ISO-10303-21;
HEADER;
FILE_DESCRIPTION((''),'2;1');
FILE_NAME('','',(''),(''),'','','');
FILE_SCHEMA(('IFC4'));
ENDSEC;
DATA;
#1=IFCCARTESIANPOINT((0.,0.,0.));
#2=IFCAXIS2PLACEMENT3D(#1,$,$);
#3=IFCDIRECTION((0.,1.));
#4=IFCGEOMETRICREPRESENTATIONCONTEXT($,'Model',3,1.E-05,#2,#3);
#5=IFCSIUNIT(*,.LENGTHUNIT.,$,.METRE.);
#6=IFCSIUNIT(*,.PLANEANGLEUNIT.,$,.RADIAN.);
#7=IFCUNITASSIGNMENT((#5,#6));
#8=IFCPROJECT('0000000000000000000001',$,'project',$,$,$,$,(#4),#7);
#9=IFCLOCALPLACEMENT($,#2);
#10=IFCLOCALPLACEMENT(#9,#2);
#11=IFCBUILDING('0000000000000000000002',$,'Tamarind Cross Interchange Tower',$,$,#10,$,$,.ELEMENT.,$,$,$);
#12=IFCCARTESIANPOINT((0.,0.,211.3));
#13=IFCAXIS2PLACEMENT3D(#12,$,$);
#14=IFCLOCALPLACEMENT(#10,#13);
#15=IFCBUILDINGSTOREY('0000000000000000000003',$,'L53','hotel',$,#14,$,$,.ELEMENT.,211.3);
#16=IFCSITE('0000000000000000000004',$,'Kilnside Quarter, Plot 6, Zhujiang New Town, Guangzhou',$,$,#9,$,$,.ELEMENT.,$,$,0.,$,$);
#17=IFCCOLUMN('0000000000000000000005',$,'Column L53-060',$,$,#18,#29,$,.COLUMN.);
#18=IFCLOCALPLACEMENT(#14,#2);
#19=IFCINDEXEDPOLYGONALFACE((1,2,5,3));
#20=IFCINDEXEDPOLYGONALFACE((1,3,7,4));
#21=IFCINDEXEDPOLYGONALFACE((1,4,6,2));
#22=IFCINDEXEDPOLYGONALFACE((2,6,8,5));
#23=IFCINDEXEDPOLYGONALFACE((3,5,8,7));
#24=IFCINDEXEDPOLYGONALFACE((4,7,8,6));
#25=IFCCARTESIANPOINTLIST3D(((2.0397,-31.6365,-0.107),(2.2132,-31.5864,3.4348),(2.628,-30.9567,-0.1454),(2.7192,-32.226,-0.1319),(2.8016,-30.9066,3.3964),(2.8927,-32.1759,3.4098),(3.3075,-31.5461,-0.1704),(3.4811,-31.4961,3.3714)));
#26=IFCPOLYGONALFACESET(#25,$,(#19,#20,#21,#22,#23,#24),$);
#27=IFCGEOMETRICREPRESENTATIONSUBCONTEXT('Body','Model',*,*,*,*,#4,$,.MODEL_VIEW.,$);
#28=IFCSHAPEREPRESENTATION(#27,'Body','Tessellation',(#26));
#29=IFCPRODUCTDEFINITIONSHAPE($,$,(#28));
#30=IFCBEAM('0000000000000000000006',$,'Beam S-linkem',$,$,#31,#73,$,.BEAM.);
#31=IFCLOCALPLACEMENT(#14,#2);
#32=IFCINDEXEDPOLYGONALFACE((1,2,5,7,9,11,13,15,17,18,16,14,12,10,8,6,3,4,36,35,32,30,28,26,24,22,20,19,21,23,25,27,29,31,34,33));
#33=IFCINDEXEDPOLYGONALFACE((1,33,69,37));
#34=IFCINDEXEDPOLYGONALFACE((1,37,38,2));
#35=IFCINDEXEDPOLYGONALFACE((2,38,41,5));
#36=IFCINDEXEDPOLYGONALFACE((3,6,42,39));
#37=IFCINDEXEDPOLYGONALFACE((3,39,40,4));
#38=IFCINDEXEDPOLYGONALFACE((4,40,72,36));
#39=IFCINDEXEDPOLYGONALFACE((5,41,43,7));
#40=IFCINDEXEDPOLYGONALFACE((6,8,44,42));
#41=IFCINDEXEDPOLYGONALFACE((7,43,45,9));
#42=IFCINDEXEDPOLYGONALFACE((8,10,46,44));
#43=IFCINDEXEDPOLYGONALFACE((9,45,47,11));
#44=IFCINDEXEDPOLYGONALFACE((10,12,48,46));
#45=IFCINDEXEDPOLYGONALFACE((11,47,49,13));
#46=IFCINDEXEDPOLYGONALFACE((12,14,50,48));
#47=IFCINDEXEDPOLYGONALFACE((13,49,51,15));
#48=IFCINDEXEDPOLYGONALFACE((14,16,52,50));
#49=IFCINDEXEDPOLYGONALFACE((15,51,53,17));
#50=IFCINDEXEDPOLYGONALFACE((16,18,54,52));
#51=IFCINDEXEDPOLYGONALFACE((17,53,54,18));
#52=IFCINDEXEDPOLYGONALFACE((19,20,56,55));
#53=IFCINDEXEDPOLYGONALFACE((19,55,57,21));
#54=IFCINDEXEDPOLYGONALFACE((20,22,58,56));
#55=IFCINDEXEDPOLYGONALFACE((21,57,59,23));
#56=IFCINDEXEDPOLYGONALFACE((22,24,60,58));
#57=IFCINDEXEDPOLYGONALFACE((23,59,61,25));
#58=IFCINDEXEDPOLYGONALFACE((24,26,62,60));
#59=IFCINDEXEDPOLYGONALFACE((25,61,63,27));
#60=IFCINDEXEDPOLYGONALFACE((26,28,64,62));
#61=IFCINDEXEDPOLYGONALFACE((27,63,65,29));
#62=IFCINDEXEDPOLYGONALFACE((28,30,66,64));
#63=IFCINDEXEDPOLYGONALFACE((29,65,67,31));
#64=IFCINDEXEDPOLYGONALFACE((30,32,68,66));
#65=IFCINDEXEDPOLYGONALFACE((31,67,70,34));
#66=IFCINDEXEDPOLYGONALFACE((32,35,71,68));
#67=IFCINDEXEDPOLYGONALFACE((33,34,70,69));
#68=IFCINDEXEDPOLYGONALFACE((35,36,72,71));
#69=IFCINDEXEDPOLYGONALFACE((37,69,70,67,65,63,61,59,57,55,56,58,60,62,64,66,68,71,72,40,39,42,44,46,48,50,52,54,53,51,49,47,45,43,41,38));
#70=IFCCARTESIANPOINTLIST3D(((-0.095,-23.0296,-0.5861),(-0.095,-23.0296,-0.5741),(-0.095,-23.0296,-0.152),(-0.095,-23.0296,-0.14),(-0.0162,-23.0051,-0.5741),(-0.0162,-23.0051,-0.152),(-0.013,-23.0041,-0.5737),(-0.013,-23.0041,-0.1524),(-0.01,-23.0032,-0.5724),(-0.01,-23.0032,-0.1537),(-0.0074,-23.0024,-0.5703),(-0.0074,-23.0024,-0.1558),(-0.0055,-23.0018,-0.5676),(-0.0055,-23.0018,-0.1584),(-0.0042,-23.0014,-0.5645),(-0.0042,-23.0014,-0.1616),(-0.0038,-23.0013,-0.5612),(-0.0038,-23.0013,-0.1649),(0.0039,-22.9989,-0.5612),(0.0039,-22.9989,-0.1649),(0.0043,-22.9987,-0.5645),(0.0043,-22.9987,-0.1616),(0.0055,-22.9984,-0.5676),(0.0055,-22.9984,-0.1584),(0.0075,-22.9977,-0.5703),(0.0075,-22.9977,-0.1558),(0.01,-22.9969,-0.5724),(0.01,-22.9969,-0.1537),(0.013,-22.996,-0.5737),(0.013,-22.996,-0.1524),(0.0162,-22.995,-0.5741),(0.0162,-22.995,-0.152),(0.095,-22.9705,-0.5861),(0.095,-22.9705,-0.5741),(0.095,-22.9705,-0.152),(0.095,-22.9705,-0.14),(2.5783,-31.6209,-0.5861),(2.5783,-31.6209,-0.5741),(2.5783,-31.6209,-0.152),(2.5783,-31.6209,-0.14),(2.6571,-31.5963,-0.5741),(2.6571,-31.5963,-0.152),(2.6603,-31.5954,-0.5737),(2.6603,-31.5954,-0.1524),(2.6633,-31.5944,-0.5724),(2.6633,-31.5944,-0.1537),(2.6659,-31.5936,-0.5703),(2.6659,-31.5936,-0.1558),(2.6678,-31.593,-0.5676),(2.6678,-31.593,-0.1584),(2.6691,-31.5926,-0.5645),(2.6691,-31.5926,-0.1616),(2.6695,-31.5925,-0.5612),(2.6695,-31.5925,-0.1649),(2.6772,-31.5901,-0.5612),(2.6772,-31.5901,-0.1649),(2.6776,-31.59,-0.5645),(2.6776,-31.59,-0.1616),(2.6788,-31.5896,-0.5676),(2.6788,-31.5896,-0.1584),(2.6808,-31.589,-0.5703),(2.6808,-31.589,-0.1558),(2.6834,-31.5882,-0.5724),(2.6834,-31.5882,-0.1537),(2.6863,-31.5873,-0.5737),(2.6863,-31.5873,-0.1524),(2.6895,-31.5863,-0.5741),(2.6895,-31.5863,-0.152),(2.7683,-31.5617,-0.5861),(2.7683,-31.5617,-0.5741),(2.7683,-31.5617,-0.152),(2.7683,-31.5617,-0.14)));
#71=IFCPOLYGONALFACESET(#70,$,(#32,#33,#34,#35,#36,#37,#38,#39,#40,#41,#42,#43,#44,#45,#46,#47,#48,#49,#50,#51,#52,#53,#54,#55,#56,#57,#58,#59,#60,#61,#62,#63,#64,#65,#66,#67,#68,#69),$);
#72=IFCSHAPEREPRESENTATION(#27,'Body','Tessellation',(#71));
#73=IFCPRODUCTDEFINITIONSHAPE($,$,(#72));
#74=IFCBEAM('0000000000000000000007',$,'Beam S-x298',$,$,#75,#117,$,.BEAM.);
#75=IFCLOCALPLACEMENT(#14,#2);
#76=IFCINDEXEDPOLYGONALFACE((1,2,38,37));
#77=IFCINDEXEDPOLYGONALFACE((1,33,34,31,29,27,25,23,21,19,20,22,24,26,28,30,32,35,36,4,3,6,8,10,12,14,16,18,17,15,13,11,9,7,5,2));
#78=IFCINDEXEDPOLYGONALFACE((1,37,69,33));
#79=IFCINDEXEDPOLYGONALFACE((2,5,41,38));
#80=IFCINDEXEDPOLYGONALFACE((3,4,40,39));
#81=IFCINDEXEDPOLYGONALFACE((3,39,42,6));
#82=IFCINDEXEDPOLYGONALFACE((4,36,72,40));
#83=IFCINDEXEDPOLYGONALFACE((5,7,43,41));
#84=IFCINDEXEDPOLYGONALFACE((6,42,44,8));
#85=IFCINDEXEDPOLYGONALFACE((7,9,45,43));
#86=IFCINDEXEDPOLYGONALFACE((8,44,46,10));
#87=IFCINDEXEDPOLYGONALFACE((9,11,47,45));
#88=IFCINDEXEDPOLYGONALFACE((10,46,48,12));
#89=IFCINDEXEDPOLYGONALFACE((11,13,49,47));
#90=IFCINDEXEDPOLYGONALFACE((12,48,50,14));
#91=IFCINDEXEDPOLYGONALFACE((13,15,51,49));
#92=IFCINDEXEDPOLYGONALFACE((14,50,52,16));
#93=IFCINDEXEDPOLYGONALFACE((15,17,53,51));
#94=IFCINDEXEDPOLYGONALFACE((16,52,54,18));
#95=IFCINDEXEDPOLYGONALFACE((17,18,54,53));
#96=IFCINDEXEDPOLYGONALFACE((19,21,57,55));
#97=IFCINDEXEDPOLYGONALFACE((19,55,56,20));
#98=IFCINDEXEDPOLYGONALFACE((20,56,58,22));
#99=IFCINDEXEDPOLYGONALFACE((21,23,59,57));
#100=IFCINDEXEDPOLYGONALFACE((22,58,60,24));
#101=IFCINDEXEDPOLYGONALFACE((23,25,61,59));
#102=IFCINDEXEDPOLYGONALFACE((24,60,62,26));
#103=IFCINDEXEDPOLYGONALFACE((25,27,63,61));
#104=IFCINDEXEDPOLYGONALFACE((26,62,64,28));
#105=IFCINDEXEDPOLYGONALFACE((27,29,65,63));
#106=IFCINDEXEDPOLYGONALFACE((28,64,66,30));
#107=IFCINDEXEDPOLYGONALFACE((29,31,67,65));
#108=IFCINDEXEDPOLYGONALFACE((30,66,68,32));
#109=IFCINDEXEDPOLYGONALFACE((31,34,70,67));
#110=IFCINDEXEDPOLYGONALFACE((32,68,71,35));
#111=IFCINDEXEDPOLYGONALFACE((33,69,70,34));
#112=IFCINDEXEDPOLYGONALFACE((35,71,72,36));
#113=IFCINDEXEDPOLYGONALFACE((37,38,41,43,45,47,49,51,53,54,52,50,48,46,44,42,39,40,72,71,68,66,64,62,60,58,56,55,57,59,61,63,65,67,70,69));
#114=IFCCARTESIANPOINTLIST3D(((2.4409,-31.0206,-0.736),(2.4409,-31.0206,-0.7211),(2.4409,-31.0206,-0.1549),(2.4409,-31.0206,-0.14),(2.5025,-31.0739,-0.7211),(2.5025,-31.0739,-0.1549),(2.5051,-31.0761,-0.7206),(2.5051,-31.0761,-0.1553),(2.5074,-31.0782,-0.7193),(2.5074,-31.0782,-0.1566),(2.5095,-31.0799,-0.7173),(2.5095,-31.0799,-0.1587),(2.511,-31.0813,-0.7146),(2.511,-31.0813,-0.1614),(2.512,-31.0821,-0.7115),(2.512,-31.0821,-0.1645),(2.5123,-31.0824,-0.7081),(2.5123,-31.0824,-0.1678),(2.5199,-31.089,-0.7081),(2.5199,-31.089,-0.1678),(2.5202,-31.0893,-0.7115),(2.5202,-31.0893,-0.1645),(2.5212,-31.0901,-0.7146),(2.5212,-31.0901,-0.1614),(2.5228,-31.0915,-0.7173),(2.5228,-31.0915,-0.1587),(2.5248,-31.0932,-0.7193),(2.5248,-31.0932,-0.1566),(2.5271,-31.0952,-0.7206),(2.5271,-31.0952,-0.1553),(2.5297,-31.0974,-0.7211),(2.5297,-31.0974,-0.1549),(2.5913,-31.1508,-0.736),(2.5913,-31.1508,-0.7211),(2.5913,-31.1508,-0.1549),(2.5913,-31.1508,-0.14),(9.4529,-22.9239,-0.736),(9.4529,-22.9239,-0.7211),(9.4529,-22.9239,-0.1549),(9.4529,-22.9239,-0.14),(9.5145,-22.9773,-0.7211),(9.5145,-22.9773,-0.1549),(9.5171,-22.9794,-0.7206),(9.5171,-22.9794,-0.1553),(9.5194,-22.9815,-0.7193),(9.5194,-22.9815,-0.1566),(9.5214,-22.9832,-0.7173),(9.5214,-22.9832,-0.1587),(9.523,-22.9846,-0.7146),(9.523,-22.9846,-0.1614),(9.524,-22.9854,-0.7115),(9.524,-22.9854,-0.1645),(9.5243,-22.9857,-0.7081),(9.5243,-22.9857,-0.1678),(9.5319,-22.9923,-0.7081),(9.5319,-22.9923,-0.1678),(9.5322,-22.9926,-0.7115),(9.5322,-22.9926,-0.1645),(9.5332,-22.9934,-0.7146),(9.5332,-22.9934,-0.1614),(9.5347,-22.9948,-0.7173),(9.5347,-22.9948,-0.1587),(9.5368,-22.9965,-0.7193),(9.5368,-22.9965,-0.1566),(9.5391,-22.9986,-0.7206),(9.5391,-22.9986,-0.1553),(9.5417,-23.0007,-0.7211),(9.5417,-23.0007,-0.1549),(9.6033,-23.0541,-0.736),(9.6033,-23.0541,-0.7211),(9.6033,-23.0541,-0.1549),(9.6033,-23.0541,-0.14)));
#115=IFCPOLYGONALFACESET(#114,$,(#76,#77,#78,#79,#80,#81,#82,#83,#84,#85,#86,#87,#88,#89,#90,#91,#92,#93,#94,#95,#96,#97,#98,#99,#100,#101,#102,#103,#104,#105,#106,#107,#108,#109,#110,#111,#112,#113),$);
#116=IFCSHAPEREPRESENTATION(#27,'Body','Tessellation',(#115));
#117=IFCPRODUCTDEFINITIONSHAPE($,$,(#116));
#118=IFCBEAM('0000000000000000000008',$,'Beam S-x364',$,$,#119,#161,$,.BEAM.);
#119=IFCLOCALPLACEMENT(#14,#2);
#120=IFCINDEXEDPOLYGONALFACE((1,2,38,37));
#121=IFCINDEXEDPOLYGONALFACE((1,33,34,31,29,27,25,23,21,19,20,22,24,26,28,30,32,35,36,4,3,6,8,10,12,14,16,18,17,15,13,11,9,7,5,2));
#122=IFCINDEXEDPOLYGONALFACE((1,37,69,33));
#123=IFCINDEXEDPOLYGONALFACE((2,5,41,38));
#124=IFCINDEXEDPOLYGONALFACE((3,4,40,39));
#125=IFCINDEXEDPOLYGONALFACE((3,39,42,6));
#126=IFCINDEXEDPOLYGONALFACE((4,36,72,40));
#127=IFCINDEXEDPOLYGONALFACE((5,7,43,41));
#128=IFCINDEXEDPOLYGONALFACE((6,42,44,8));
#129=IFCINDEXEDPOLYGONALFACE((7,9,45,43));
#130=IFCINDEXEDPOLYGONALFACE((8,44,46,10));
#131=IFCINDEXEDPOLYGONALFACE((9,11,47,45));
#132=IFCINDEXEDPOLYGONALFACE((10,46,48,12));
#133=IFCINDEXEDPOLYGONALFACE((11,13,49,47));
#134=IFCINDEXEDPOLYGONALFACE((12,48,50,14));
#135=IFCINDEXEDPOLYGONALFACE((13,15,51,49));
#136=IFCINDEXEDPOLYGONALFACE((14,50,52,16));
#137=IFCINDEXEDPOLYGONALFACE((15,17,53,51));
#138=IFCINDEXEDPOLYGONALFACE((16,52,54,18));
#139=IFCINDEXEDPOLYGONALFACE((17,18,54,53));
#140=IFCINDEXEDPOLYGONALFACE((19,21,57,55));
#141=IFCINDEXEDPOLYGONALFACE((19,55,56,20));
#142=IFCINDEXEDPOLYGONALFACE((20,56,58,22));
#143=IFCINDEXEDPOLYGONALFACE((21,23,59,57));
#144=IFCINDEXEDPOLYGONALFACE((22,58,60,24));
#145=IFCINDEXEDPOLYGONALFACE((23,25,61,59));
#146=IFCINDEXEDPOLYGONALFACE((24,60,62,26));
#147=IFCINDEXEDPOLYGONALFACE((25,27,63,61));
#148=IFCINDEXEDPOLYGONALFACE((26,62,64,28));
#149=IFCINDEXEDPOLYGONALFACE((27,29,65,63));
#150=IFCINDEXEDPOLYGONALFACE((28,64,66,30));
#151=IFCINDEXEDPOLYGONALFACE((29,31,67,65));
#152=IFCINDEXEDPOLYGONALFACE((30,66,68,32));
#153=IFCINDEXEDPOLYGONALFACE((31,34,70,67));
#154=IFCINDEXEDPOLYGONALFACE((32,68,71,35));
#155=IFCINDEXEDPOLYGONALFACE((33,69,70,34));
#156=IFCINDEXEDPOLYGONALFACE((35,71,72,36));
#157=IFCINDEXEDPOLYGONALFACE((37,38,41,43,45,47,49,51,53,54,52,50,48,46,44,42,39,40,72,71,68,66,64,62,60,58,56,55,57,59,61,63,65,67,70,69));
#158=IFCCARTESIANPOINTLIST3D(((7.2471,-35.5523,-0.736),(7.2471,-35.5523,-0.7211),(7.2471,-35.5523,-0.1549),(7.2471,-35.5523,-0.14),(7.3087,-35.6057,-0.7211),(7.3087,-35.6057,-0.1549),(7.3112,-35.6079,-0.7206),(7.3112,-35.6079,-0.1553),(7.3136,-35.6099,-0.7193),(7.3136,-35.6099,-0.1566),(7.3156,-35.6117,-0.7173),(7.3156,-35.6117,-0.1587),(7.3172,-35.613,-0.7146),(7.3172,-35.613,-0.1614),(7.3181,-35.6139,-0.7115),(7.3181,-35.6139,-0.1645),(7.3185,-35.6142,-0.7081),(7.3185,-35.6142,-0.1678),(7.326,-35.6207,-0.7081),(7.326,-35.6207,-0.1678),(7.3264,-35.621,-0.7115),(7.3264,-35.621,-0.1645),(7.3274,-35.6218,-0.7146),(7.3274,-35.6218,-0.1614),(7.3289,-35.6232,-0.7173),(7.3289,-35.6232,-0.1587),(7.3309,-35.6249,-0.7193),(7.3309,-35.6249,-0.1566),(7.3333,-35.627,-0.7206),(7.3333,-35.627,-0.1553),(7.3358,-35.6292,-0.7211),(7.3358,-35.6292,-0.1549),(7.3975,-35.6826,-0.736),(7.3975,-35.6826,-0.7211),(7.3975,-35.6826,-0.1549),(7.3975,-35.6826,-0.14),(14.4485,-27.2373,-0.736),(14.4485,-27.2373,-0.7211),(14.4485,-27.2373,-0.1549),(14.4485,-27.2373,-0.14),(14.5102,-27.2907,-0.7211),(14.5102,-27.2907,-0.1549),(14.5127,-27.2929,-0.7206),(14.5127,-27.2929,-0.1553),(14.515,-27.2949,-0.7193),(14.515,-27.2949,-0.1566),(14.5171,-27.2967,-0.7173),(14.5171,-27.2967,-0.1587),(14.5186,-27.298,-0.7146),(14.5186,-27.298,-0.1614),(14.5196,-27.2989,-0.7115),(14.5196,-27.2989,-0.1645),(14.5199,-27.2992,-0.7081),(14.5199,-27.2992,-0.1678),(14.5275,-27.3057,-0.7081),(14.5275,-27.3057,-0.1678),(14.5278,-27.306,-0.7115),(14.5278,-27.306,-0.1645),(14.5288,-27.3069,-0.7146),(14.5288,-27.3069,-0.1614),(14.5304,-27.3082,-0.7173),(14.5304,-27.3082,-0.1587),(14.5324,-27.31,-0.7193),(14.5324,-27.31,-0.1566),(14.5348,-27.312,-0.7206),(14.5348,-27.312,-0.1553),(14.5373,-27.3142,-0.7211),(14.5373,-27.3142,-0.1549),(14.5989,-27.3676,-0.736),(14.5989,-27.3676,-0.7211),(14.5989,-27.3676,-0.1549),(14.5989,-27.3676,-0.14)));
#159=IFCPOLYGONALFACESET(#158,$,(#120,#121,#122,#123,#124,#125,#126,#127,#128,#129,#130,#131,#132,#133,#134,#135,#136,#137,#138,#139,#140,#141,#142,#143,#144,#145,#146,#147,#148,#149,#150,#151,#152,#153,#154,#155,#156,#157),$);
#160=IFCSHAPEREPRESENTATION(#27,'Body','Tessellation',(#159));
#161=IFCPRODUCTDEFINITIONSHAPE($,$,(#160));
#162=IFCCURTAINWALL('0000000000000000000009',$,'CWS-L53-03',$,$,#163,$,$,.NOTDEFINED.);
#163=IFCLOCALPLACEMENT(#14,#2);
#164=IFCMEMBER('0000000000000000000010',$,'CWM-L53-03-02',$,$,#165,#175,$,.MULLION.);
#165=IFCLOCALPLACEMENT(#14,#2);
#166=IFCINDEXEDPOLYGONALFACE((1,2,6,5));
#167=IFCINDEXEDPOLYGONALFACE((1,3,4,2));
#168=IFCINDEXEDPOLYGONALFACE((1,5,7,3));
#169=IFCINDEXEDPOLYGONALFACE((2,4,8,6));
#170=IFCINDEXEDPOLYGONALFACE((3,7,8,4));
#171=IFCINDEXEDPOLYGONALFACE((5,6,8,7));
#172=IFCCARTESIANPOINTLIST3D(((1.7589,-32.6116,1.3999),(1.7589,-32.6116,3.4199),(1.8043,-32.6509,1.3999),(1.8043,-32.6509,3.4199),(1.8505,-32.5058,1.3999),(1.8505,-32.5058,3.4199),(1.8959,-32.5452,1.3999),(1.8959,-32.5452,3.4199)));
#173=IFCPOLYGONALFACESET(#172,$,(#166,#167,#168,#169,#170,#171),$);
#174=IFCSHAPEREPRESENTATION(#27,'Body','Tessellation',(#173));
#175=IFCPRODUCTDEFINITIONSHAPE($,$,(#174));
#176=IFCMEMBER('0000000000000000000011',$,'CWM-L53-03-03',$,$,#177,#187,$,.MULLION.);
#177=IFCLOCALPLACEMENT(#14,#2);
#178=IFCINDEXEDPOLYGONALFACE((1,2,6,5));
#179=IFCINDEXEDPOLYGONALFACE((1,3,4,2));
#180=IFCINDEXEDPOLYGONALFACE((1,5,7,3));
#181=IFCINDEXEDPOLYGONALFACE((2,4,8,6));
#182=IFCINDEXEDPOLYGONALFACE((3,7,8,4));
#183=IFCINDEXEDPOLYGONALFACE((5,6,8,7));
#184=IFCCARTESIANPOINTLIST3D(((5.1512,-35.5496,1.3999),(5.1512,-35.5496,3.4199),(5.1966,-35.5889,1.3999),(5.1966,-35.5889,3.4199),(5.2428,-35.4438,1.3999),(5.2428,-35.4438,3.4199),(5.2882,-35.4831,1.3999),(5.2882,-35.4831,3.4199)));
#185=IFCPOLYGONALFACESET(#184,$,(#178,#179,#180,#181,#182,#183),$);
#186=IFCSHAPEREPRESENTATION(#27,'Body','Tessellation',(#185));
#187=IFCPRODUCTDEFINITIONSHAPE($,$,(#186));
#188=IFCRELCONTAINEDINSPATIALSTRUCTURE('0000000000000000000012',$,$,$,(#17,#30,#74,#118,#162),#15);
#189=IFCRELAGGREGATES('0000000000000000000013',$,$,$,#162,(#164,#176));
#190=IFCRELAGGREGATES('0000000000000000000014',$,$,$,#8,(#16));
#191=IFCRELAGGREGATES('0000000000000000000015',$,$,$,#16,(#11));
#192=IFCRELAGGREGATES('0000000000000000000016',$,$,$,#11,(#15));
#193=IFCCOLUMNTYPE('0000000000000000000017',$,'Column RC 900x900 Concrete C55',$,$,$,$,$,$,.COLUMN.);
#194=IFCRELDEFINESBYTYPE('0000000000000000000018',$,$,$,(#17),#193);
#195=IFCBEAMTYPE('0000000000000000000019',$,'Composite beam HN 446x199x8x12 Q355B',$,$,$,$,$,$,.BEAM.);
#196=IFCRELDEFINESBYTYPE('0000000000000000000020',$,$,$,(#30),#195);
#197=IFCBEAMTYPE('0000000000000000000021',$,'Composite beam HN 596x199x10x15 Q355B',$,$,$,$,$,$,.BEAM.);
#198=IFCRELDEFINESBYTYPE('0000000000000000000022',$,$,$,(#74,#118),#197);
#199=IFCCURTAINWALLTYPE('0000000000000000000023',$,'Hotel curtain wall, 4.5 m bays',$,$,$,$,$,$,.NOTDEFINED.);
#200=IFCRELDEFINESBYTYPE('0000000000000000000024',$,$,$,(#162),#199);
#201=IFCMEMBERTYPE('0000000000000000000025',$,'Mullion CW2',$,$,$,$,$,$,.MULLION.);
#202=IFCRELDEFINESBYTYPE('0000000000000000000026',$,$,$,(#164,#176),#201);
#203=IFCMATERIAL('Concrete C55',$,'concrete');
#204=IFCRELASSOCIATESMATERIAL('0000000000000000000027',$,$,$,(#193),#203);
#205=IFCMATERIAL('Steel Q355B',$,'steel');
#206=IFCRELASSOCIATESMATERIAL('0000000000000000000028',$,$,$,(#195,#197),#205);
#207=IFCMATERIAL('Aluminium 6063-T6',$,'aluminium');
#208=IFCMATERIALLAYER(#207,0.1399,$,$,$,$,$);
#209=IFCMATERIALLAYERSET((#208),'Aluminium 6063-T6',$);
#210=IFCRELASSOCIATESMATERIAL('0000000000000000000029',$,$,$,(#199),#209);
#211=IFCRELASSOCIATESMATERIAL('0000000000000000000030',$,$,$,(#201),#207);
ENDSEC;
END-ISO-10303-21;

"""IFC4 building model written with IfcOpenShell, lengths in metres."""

from ifc_helpers import new_model, si_unit, direction, frame, origin, origin_2d, place, context, subcontext, project, spatial, rectangle, i_section, extrude, material, layer, layer_set, material_profile, profile_set, type_object, element, aggregate, save


model = new_model("IFC4")

# Units and contexts
model_context = context("Model", 3, precision=1e-05, world=origin(), true_north=direction((0.0, 1.0)))
body_context = subcontext(model_context, "Body", "Model", "MODEL_VIEW")
ifc_project = project(units=[si_unit("LENGTHUNIT", "METRE"), si_unit("PLANEANGLEUNIT", "RADIAN")], contexts=[model_context])

# Site, building, storey
site_placement = place(None, origin())
site = spatial("IfcSite", under=ifc_project, at=site_placement, Name="Kilnside Quarter, Plot 6, Zhujiang New Town, Guangzhou", CompositionType="ELEMENT", RefElevation=0.0)
building_placement = place(site_placement, origin())
building = spatial("IfcBuilding", under=site, at=building_placement, Name="Tamarind Cross Interchange Tower", CompositionType="ELEMENT")
storey_placement = place(building_placement, frame((0.0, 0.0, 211.3)))
storey = spatial("IfcBuildingStorey", under=building, at=storey_placement, Name="L53", Description="hotel", CompositionType="ELEMENT", Elevation=211.3)

# Column
ifc_material_1 = material(Name="Concrete C55", Category="concrete")
ifc_material_profile_1 = material_profile(ifc_material_1, rectangle(XDim=0.8999, YDim=0.8999, at=origin_2d()), Name="RC 900x900")
ifc_profile_set_1 = profile_set([ifc_material_profile_1], Name="Concrete C55")
column_type = type_object("IfcColumnType", Name="Column RC 900x900 Concrete C55", PredefinedType="COLUMN", material=ifc_profile_set_1)
column_placement = place(storey_placement, frame((2.6736, -31.5913, -0.1387), z_axis=(0.048947, 0.014113, 0.998702), x_axis=(-0.755079, 0.655046, 0.027751)))
element("IfcColumn", 1, at=column_placement, inside=storey, type_object=column_type, Name="Column L53-060", PredefinedType="COLUMN", context=body_context, shape_type="SweptSolid", body=[
    extrude(rectangle(XDim=0.8999, YDim=0.8999, at=origin_2d()), origin(), (0.0, 0.0, 1.0), 3.5464),
])

# Beams
ifc_material_2 = material(Name="Steel Q355B", Category="steel")
ifc_material_profile_2 = material_profile(ifc_material_2, i_section(OverallWidth=0.199, OverallDepth=0.446, WebThickness=0.0081, FlangeThickness=0.012, FilletRadius=0.0129, at=origin_2d()), Name="HN 446x199x8x12")
ifc_profile_set_2 = profile_set([ifc_material_profile_2], Name="Steel Q355B")
beam_type_1 = type_object("IfcBeamType", Name="Composite beam HN 446x199x8x12 Q355B", PredefinedType="BEAM", material=ifc_profile_set_2)
beam_1_placement = place(storey_placement, frame((2.6733, -31.5913, -0.363), z_axis=(-0.297116, 0.954841, 0.0), x_axis=(-0.954841, -0.297116, 0.0)))
element("IfcBeam", 2, at=beam_1_placement, inside=storey, type_object=beam_type_1, Name="Beam S-linkem", PredefinedType="BEAM", context=body_context, shape_type="SweptSolid", body=[
    extrude(i_section(OverallWidth=0.199, OverallDepth=0.446, WebThickness=0.0081, FlangeThickness=0.012, FilletRadius=0.0129, at=origin_2d()), origin(), (0.0, 0.0, 1.0), 8.9976),
])
ifc_material_profile_3 = material_profile(ifc_material_2, i_section(OverallWidth=0.199, OverallDepth=0.5959, WebThickness=0.01, FlangeThickness=0.0149, FilletRadius=0.0129, at=origin_2d()), Name="HN 596x199x10x15")
ifc_profile_set_3 = profile_set([ifc_material_profile_3], Name="Steel Q355B")
beam_type_2 = type_object("IfcBeamType", Name="Composite beam HN 596x199x10x15 Q355B", PredefinedType="BEAM", material=ifc_profile_set_3)
beam_2_placement = place(storey_placement, frame((2.5161, -31.0857, -0.438), z_axis=(0.654655, 0.755927, 0.0), x_axis=(-0.755927, 0.654655, 0.0)))
element("IfcBeam", 3, at=beam_2_placement, inside=storey, type_object=beam_type_2, Name="Beam S-x298", PredefinedType="BEAM", context=body_context, shape_type="SweptSolid", body=[
    extrude(i_section(OverallWidth=0.199, OverallDepth=0.5959, WebThickness=0.01, FlangeThickness=0.0149, FilletRadius=0.0129, at=origin_2d()), origin(), (0.0, 0.0, 1.0), 10.7109),
])
beam_3_placement = place(storey_placement, frame((7.3223, -35.6174, -0.438), z_axis=(0.654678, 0.755908, 0.0), x_axis=(-0.755908, 0.654678, 0.0)))
element("IfcBeam", 4, at=beam_3_placement, inside=storey, type_object=beam_type_2, Name="Beam S-x364", PredefinedType="BEAM", context=body_context, shape_type="SweptSolid", body=[
    extrude(i_section(OverallWidth=0.199, OverallDepth=0.5959, WebThickness=0.01, FlangeThickness=0.0149, FilletRadius=0.0129, at=origin_2d()), origin(), (0.0, 0.0, 1.0), 11.0),
])

# Curtain wall, members
ifc_material_3 = material(Name="Aluminium 6063-T6", Category="aluminium")
ifc_layer_1 = layer(ifc_material_3, 0.1399)
ifc_layer_set_1 = layer_set([ifc_layer_1], Name="Aluminium 6063-T6")
curtain_wall_type = type_object("IfcCurtainWallType", Name="Hotel curtain wall, 4.5 m bays", PredefinedType="NOTDEFINED", material=ifc_layer_set_1)
curtain_wall_placement = place(storey_placement, origin())
curtain_wall = element("IfcCurtainWall", 5, at=curtain_wall_placement, inside=storey, type_object=curtain_wall_type, Name="CWS-L53-03", PredefinedType="NOTDEFINED")
ifc_material_profile_4 = material_profile(ifc_material_3, rectangle(XDim=0.0601, YDim=0.1399, at=origin_2d()), Name="Mullion CW2")
ifc_profile_set_4 = profile_set([ifc_material_profile_4], Name="Aluminium 6063-T6")
member_type = type_object("IfcMemberType", Name="Mullion CW2", PredefinedType="MULLION", material=ifc_profile_set_4)
member_1_placement = place(storey_placement, frame((1.8274, -32.5784, 1.3999), z_axis=(0.0, 0.0, 1.0), x_axis=(0.755917, -0.654667, 0.0)))
member_1 = element("IfcMember", 6, at=member_1_placement, type_object=member_type, Name="CWM-L53-03-02", PredefinedType="MULLION", context=body_context, shape_type="SweptSolid", body=[
    extrude(rectangle(XDim=0.0601, YDim=0.1399, at=origin_2d()), origin(), (0.0, 0.0, 1.0), 2.02),
])
member_2_placement = place(storey_placement, frame((5.2197, -35.5164, 1.3999), z_axis=(0.0, 0.0, 1.0), x_axis=(0.755917, -0.654667, 0.0)))
member_2 = element("IfcMember", 7, at=member_2_placement, type_object=member_type, Name="CWM-L53-03-03", PredefinedType="MULLION", context=body_context, shape_type="SweptSolid", body=[
    extrude(rectangle(XDim=0.0601, YDim=0.1399, at=origin_2d()), origin(), (0.0, 0.0, 1.0), 2.02),
])
aggregate(curtain_wall, [member_1, member_2])

save(model, "model.ifc")
